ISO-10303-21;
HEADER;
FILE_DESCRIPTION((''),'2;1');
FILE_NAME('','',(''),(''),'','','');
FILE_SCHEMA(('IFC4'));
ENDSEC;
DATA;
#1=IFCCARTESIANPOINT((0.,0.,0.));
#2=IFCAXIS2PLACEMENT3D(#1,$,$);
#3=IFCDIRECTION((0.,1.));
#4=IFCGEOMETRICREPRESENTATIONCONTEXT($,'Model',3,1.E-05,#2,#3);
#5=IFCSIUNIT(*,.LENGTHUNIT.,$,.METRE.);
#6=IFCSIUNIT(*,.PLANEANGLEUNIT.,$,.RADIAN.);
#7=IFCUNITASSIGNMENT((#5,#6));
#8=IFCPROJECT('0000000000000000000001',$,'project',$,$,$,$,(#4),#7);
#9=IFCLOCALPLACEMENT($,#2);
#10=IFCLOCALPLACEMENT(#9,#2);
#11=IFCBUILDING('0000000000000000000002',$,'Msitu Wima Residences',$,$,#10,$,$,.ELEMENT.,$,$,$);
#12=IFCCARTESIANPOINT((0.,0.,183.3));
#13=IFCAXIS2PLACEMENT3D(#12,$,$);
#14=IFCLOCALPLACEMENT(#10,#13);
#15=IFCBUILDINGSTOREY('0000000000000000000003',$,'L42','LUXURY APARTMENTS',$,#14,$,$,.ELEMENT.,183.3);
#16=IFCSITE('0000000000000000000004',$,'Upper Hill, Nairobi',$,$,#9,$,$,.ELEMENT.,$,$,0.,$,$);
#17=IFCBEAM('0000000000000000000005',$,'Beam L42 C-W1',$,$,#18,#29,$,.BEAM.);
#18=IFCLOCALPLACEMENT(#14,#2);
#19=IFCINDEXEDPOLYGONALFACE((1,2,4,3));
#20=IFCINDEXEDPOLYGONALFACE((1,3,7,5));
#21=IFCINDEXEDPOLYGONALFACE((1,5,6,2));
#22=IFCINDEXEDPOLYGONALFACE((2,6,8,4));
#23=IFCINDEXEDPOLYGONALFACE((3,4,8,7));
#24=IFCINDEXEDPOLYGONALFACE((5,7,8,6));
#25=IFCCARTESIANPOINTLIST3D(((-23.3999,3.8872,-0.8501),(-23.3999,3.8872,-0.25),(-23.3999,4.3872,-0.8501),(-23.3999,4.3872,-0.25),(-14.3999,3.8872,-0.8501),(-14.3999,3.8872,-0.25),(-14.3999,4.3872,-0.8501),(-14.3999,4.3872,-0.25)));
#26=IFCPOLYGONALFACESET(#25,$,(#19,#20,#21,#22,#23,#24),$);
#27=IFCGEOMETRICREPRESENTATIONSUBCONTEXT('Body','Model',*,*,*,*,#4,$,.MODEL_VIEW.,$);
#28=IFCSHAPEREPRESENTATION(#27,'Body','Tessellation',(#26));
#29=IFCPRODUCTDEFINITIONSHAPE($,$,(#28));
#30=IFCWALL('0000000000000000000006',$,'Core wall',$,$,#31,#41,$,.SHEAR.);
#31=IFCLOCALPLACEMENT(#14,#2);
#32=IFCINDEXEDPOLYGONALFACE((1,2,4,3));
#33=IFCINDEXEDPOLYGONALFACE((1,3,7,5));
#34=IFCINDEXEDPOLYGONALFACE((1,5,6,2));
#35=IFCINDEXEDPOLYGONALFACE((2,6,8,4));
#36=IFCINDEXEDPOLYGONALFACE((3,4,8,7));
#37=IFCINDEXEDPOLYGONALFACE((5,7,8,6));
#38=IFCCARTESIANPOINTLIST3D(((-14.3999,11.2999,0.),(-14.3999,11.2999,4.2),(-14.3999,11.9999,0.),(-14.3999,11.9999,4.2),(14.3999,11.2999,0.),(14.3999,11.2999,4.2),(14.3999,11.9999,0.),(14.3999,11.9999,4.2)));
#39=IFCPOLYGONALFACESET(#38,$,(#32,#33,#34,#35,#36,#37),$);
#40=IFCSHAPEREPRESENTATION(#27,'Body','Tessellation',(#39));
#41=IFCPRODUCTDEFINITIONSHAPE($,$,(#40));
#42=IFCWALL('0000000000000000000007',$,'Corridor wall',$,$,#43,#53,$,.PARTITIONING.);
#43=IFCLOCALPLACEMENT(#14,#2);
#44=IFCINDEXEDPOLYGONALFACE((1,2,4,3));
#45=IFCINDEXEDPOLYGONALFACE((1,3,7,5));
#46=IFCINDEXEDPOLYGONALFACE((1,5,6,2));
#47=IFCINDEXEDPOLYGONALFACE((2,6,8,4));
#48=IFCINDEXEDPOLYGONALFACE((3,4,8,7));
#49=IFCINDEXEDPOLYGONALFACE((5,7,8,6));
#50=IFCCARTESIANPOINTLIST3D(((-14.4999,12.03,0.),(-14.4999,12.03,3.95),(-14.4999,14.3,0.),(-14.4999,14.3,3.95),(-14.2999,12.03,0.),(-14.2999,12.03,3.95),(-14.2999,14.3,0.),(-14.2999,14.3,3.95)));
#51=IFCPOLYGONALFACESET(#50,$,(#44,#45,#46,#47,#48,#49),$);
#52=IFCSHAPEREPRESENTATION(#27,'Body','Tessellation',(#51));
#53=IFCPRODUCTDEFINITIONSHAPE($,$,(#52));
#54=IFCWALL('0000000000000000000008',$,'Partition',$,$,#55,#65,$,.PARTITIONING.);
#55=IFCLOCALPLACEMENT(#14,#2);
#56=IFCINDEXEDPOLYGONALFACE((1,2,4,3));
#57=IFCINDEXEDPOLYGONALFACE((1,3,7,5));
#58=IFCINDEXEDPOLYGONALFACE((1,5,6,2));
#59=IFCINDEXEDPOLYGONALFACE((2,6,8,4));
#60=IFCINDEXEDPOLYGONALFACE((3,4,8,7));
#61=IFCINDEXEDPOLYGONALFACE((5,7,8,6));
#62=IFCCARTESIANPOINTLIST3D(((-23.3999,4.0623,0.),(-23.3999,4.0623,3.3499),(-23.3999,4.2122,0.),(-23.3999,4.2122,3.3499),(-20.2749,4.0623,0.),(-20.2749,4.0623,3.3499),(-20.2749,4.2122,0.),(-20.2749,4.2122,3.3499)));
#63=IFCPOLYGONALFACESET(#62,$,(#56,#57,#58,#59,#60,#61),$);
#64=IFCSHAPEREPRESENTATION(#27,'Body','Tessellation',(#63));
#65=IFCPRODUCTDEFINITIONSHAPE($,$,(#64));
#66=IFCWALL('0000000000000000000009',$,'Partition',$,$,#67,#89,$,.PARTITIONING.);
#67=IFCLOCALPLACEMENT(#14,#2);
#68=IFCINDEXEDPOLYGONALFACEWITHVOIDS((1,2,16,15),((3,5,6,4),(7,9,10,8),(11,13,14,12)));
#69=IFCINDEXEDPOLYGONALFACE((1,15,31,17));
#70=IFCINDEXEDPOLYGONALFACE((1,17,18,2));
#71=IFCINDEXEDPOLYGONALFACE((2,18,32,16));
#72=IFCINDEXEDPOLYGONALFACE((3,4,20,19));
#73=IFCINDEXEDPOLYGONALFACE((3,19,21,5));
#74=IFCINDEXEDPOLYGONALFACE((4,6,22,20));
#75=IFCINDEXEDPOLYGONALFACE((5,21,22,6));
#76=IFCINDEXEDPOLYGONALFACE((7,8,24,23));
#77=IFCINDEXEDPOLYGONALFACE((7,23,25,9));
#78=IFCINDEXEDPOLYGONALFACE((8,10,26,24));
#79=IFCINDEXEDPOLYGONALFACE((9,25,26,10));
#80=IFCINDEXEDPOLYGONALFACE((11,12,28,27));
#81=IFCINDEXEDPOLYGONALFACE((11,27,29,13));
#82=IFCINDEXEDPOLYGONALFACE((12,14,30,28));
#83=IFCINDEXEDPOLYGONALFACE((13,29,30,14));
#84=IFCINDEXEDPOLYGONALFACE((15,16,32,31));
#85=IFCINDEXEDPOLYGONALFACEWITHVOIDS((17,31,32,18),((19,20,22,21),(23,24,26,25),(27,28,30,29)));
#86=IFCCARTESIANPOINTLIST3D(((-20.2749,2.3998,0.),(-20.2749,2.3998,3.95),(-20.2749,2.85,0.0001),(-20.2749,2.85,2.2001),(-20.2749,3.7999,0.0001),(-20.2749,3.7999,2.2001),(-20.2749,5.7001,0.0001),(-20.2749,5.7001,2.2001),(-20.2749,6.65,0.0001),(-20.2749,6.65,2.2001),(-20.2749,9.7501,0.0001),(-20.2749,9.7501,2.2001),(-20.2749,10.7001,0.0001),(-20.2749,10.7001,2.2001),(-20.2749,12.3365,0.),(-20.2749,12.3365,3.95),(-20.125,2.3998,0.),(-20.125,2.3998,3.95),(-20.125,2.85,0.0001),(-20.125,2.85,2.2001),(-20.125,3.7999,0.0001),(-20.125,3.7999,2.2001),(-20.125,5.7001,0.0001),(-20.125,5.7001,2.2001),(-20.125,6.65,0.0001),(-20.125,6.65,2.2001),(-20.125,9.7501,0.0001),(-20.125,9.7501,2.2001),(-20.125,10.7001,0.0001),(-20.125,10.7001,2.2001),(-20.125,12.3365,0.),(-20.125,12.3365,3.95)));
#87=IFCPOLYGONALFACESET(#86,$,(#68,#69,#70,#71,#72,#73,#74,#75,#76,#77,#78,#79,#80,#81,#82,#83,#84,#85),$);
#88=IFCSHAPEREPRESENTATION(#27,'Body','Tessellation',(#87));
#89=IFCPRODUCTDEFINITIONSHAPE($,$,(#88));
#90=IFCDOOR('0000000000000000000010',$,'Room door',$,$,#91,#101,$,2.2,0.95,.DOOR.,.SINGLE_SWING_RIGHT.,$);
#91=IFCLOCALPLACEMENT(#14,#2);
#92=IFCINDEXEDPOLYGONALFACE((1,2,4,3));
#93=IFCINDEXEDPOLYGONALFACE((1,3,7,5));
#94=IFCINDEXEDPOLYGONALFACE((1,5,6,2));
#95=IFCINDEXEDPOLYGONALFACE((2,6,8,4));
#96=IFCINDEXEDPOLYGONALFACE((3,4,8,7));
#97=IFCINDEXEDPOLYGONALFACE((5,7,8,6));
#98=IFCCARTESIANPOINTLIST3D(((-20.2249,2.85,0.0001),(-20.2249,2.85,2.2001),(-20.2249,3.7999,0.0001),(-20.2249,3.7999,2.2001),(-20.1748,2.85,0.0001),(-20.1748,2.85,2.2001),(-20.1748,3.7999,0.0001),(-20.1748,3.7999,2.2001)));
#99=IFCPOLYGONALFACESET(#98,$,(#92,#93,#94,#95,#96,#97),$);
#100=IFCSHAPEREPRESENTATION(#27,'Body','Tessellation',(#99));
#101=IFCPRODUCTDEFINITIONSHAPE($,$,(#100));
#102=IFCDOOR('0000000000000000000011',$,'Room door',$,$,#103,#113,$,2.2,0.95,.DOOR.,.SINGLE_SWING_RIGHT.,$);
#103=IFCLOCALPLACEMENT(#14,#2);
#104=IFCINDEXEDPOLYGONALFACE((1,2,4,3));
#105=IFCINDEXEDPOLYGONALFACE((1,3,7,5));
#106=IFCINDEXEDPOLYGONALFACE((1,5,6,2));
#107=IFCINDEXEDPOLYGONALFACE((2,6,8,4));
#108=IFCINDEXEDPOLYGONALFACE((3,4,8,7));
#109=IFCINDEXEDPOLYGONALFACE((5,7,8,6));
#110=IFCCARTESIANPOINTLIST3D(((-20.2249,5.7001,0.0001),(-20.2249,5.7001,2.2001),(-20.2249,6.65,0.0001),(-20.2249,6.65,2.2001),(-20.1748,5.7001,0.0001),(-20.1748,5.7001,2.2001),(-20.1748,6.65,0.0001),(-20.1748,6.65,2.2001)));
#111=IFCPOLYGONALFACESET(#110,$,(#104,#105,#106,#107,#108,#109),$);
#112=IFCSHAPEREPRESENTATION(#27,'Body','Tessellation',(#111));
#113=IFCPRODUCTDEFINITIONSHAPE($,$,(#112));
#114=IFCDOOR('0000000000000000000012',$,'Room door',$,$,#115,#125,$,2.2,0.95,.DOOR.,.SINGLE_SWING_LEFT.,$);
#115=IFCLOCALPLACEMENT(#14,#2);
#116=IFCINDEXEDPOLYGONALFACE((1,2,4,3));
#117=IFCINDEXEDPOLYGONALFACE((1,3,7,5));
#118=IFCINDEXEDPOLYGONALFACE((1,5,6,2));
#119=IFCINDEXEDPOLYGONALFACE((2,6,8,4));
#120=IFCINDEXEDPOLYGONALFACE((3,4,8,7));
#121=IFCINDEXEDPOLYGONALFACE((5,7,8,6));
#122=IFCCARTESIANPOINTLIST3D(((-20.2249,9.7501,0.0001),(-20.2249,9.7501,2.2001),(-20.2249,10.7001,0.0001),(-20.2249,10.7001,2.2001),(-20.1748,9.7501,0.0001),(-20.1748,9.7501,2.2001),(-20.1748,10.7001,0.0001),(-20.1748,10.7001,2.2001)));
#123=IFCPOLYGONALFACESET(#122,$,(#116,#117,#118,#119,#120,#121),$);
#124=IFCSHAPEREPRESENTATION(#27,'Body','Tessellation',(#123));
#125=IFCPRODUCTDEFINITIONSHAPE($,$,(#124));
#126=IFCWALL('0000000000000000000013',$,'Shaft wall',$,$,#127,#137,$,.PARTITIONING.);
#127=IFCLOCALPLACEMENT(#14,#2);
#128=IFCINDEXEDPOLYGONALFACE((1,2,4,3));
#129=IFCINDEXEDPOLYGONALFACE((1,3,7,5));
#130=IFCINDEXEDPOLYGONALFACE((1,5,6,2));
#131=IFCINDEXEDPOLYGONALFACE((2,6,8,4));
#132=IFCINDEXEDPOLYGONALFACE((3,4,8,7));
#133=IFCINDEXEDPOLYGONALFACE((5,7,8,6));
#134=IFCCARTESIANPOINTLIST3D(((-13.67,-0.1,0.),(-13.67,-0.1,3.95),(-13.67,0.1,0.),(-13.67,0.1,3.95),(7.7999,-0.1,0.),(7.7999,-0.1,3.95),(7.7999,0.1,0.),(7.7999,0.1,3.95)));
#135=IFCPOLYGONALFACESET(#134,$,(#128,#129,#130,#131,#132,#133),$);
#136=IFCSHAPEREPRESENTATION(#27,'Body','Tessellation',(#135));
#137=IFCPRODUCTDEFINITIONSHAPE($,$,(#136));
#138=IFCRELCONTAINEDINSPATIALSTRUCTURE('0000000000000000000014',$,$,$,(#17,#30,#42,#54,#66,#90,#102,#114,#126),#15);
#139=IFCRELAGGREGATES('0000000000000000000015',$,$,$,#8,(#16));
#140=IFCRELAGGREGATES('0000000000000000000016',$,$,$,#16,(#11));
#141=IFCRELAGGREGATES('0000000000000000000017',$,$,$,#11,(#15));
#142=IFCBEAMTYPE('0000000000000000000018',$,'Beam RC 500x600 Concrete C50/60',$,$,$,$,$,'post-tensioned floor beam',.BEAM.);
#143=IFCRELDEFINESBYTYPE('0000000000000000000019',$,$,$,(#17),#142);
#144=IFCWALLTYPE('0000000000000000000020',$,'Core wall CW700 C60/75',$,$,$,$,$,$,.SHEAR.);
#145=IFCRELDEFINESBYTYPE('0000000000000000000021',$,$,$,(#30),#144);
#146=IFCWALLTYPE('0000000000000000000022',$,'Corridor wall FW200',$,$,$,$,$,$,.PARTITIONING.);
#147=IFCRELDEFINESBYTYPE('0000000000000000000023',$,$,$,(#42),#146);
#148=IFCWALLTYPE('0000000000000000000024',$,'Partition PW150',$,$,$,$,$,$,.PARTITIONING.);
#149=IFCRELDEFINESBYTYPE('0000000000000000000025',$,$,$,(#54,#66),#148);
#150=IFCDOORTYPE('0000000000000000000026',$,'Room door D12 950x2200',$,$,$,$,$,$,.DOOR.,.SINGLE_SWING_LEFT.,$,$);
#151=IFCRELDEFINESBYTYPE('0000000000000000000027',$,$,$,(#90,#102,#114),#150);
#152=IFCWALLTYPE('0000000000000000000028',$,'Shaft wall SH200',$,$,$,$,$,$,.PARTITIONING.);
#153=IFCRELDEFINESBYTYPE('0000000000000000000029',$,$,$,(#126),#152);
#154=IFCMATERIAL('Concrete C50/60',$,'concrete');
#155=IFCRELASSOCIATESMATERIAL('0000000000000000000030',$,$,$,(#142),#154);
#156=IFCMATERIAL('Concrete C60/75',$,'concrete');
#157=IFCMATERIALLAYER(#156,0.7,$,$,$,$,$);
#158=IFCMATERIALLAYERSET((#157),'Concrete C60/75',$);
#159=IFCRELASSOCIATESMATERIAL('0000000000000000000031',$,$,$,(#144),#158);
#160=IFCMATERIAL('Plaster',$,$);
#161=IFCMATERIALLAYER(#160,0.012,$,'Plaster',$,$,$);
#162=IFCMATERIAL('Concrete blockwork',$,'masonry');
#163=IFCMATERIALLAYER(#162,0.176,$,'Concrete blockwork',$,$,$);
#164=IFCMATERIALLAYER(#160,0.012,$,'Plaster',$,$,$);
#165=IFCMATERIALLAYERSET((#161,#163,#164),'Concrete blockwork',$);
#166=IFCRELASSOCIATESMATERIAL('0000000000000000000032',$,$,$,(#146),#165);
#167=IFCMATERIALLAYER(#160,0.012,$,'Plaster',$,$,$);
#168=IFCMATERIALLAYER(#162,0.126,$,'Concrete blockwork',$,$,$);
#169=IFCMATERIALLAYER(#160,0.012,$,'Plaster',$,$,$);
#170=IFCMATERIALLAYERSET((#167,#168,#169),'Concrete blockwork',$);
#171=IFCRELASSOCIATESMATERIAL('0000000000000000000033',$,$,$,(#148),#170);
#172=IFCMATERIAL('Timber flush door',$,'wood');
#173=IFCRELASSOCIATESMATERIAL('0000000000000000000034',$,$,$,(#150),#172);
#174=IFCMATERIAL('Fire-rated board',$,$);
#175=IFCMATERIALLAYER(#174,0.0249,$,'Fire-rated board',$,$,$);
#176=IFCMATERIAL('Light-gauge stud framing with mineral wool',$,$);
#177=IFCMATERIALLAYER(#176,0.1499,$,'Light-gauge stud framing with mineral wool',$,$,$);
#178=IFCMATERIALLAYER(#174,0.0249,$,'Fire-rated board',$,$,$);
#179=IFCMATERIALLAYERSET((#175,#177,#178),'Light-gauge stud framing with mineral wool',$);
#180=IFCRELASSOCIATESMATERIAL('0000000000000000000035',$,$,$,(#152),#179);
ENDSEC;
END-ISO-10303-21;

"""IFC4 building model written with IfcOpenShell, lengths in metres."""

from ifc_helpers import new_model, si_unit, direction, frame, frame_2d, origin, origin_2d, place, context, subcontext, project, spatial, rectangle, extrude, material, layer, layer_set, material_profile, profile_set, type_object, element, fill, save


model = new_model("IFC4")

# Units and contexts
model_context = context("Model", 3, precision=1e-05, world=origin(), true_north=direction((0.0, 1.0)))
body_context = subcontext(model_context, "Body", "Model", "MODEL_VIEW")
ifc_project = project(units=[si_unit("LENGTHUNIT", "METRE"), si_unit("PLANEANGLEUNIT", "RADIAN")], contexts=[model_context])

# Site, building, storey
site_placement = place(None, origin())
site = spatial("IfcSite", under=ifc_project, at=site_placement, Name="Upper Hill, Nairobi", CompositionType="ELEMENT", RefElevation=0.0)
building_placement = place(site_placement, origin())
building = spatial("IfcBuilding", under=site, at=building_placement, Name="Msitu Wima Residences", CompositionType="ELEMENT")
storey_placement = place(building_placement, frame((0.0, 0.0, 183.3)))
storey = spatial("IfcBuildingStorey", under=building, at=storey_placement, Name="L42", Description="LUXURY APARTMENTS", CompositionType="ELEMENT", Elevation=183.3)

# Beam
ifc_material_1 = material(Name="Concrete C50/60", Category="concrete")
ifc_material_profile = material_profile(ifc_material_1, rectangle(XDim=0.5, YDim=0.6001, at=origin_2d()), Name="RC 500x600")
ifc_profile_set = profile_set([ifc_material_profile], Name="Concrete C50/60")
beam_type = type_object("IfcBeamType", Name="Beam RC 500x600 Concrete C50/60", ElementType="post-tensioned floor beam", PredefinedType="BEAM", material=ifc_profile_set)
beam_placement = place(storey_placement, frame((-23.3999, 4.1372, -0.55), z_axis=(1.0, 0.0, 0.0), x_axis=(0.0, 1.0, 0.0)))
element("IfcBeam", 1, at=beam_placement, inside=storey, type_object=beam_type, Name="Beam L42 C-W1", PredefinedType="BEAM", context=body_context, shape_type="SweptSolid", body=[
    extrude(rectangle(XDim=0.5, YDim=0.6001, at=origin_2d()), origin(), (0.0, 0.0, 1.0), 9.0),
])

# Walls
ifc_material_2 = material(Name="Concrete C60/75", Category="concrete")
ifc_layer_1 = layer(ifc_material_2, 0.7)
ifc_layer_set_1 = layer_set([ifc_layer_1], Name="Concrete C60/75")
wall_type_1 = type_object("IfcWallType", Name="Core wall CW700 C60/75", PredefinedType="SHEAR", material=ifc_layer_set_1)
wall_1_placement = place(storey_placement, frame((-14.3999, 11.6499, 0.0), z_axis=(0.0, 0.0, 1.0), x_axis=(1.0, 0.0, 0.0)))
element("IfcWall", 2, at=wall_1_placement, inside=storey, type_object=wall_type_1, Name="Core wall", PredefinedType="SHEAR", context=body_context, shape_type="SweptSolid", body=[
    extrude(rectangle(XDim=28.7998, YDim=0.7, at=frame_2d((14.3999, 0.0))), origin(), (0.0, 0.0, 1.0), 4.2),
])
ifc_material_3 = material(Name="Plaster")
ifc_layer_2 = layer(ifc_material_3, 0.012, Name="Plaster")
ifc_material_4 = material(Name="Concrete blockwork", Category="masonry")
ifc_layer_3 = layer(ifc_material_4, 0.176, Name="Concrete blockwork")
ifc_layer_4 = layer(ifc_material_3, 0.012, Name="Plaster")
ifc_layer_set_2 = layer_set([ifc_layer_2, ifc_layer_3, ifc_layer_4], Name="Concrete blockwork")
wall_type_2 = type_object("IfcWallType", Name="Corridor wall FW200", PredefinedType="PARTITIONING", material=ifc_layer_set_2)
wall_2_placement = place(storey_placement, frame((-14.3999, 12.03, 0.0), z_axis=(0.0, 0.0, 1.0), x_axis=(0.0, 1.0, 0.0)))
element("IfcWall", 3, at=wall_2_placement, inside=storey, type_object=wall_type_2, Name="Corridor wall", PredefinedType="PARTITIONING", context=body_context, shape_type="SweptSolid", body=[
    extrude(rectangle(XDim=2.27, YDim=0.2, at=frame_2d((1.135, 0.0))), origin(), (0.0, 0.0, 1.0), 3.95),
])
ifc_layer_5 = layer(ifc_material_3, 0.012, Name="Plaster")
ifc_layer_6 = layer(ifc_material_4, 0.126, Name="Concrete blockwork")
ifc_layer_7 = layer(ifc_material_3, 0.012, Name="Plaster")
ifc_layer_set_3 = layer_set([ifc_layer_5, ifc_layer_6, ifc_layer_7], Name="Concrete blockwork")
wall_type_3 = type_object("IfcWallType", Name="Partition PW150", PredefinedType="PARTITIONING", material=ifc_layer_set_3)
wall_3_placement = place(storey_placement, frame((-23.3999, 4.1372, 0.0), z_axis=(0.0, 0.0, 1.0), x_axis=(1.0, 0.0, 0.0)))
element("IfcWall", 4, at=wall_3_placement, inside=storey, type_object=wall_type_3, Name="Partition", PredefinedType="PARTITIONING", context=body_context, shape_type="SweptSolid", body=[
    extrude(rectangle(XDim=3.125, YDim=0.1499, at=frame_2d((1.5625, 0.0))), origin(), (0.0, 0.0, 1.0), 3.3499),
])

# Wall, openings, doors
wall_4_placement = place(storey_placement, frame((-20.2, 2.3999, 0.0), z_axis=(0.0, 0.0, 1.0), x_axis=(0.0, 1.0, 0.0)))
wall_4 = element("IfcWall", 5, at=wall_4_placement, inside=storey, type_object=wall_type_3, Name="Partition", PredefinedType="PARTITIONING", context=body_context, shape_type="SweptSolid", body=[
    extrude(rectangle(XDim=9.9368, YDim=0.1499, at=frame_2d((4.9683, 0.0))), origin(), (0.0, 0.0, 1.0), 3.95),
])
opening_1_placement = place(wall_4_placement, frame((0.45, 0.0, 0.0)))
opening_1 = element("IfcOpeningElement", 6, at=opening_1_placement, cuts=wall_4, PredefinedType="OPENING", context=body_context, shape_type="SweptSolid", body=[
    extrude(rectangle(XDim=0.95, YDim=2.2, at=frame_2d((0.4751, 1.1001))), frame((0.0, 0.085, 0.0), z_axis=(0.0, -1.0, 0.0), x_axis=(1.0, 0.0, 0.0)), (0.0, 0.0, 1.0), 0.1699),
])
opening_2_placement = place(wall_4_placement, frame((3.3, 0.0, 0.0)))
opening_2 = element("IfcOpeningElement", 7, at=opening_2_placement, cuts=wall_4, PredefinedType="OPENING", context=body_context, shape_type="SweptSolid", body=[
    extrude(rectangle(XDim=0.95, YDim=2.2, at=frame_2d((0.4751, 1.1001))), frame((0.0, 0.085, 0.0), z_axis=(0.0, -1.0, 0.0), x_axis=(1.0, 0.0, 0.0)), (0.0, 0.0, 1.0), 0.1699),
])
opening_3_placement = place(wall_4_placement, frame((7.3501, 0.0, 0.0)))
opening_3 = element("IfcOpeningElement", 8, at=opening_3_placement, cuts=wall_4, PredefinedType="OPENING", context=body_context, shape_type="SweptSolid", body=[
    extrude(rectangle(XDim=0.95, YDim=2.2, at=frame_2d((0.4751, 1.1001))), frame((0.0, 0.085, 0.0), z_axis=(0.0, -1.0, 0.0), x_axis=(1.0, 0.0, 0.0)), (0.0, 0.0, 1.0), 0.1699),
])
ifc_material_5 = material(Name="Timber flush door", Category="wood")
door_type_1 = type_object("IfcDoorType", Name="Room door D12 950x2200", OperationType="SINGLE_SWING_LEFT", PredefinedType="DOOR", material=ifc_material_5)
door_1_placement = place(opening_1_placement, origin())
door_1 = element("IfcDoor", 9, at=door_1_placement, inside=storey, type_object=door_type_1, Name="Room door", OperationType="SINGLE_SWING_RIGHT", OverallHeight=2.2, OverallWidth=0.95, PredefinedType="DOOR", context=body_context, shape_type="SweptSolid", body=[
    extrude(rectangle(XDim=0.95, YDim=2.2, at=frame_2d((0.4751, 1.1001))), frame((0.0, 0.0249, 0.0), z_axis=(0.0, -1.0, 0.0), x_axis=(1.0, 0.0, 0.0)), (0.0, 0.0, 1.0), 0.05),
])
fill(opening_1, door_1)
door_2_placement = place(opening_2_placement, origin())
door_2 = element("IfcDoor", 10, at=door_2_placement, inside=storey, type_object=door_type_1, Name="Room door", OperationType="SINGLE_SWING_RIGHT", OverallHeight=2.2, OverallWidth=0.95, PredefinedType="DOOR", context=body_context, shape_type="SweptSolid", body=[
    extrude(rectangle(XDim=0.95, YDim=2.2, at=frame_2d((0.4751, 1.1001))), frame((0.0, 0.0249, 0.0), z_axis=(0.0, -1.0, 0.0), x_axis=(1.0, 0.0, 0.0)), (0.0, 0.0, 1.0), 0.05),
])
fill(opening_2, door_2)
door_3_placement = place(opening_3_placement, origin())
door_3 = element("IfcDoor", 11, at=door_3_placement, inside=storey, type_object=door_type_1, Name="Room door", OperationType="SINGLE_SWING_LEFT", OverallHeight=2.2, OverallWidth=0.95, PredefinedType="DOOR", context=body_context, shape_type="SweptSolid", body=[
    extrude(rectangle(XDim=0.95, YDim=2.2, at=frame_2d((0.4751, 1.1001))), frame((0.0, 0.0249, 0.0), z_axis=(0.0, -1.0, 0.0), x_axis=(1.0, 0.0, 0.0)), (0.0, 0.0, 1.0), 0.05),
])
fill(opening_3, door_3)

# Wall
ifc_material_6 = material(Name="Fire-rated board")
ifc_layer_8 = layer(ifc_material_6, 0.0249, Name="Fire-rated board")
ifc_material_7 = material(Name="Light-gauge stud framing with mineral wool")
ifc_layer_9 = layer(ifc_material_7, 0.1499, Name="Light-gauge stud framing with mineral wool")
ifc_layer_10 = layer(ifc_material_6, 0.0249, Name="Fire-rated board")
ifc_layer_set_4 = layer_set([ifc_layer_8, ifc_layer_9, ifc_layer_10], Name="Light-gauge stud framing with mineral wool")
wall_type_4 = type_object("IfcWallType", Name="Shaft wall SH200", PredefinedType="PARTITIONING", material=ifc_layer_set_4)
wall_5_placement = place(storey_placement, frame((-13.6699, 0.0, 0.0), z_axis=(0.0, 0.0, 1.0), x_axis=(1.0, 0.0, 0.0)))
element("IfcWall", 12, at=wall_5_placement, inside=storey, type_object=wall_type_4, Name="Shaft wall", PredefinedType="PARTITIONING", context=body_context, shape_type="SweptSolid", body=[
    extrude(rectangle(XDim=21.47, YDim=0.2, at=frame_2d((10.7349, 0.0))), origin(), (0.0, 0.0, 1.0), 3.95),
])

save(model, "model.ifc")
